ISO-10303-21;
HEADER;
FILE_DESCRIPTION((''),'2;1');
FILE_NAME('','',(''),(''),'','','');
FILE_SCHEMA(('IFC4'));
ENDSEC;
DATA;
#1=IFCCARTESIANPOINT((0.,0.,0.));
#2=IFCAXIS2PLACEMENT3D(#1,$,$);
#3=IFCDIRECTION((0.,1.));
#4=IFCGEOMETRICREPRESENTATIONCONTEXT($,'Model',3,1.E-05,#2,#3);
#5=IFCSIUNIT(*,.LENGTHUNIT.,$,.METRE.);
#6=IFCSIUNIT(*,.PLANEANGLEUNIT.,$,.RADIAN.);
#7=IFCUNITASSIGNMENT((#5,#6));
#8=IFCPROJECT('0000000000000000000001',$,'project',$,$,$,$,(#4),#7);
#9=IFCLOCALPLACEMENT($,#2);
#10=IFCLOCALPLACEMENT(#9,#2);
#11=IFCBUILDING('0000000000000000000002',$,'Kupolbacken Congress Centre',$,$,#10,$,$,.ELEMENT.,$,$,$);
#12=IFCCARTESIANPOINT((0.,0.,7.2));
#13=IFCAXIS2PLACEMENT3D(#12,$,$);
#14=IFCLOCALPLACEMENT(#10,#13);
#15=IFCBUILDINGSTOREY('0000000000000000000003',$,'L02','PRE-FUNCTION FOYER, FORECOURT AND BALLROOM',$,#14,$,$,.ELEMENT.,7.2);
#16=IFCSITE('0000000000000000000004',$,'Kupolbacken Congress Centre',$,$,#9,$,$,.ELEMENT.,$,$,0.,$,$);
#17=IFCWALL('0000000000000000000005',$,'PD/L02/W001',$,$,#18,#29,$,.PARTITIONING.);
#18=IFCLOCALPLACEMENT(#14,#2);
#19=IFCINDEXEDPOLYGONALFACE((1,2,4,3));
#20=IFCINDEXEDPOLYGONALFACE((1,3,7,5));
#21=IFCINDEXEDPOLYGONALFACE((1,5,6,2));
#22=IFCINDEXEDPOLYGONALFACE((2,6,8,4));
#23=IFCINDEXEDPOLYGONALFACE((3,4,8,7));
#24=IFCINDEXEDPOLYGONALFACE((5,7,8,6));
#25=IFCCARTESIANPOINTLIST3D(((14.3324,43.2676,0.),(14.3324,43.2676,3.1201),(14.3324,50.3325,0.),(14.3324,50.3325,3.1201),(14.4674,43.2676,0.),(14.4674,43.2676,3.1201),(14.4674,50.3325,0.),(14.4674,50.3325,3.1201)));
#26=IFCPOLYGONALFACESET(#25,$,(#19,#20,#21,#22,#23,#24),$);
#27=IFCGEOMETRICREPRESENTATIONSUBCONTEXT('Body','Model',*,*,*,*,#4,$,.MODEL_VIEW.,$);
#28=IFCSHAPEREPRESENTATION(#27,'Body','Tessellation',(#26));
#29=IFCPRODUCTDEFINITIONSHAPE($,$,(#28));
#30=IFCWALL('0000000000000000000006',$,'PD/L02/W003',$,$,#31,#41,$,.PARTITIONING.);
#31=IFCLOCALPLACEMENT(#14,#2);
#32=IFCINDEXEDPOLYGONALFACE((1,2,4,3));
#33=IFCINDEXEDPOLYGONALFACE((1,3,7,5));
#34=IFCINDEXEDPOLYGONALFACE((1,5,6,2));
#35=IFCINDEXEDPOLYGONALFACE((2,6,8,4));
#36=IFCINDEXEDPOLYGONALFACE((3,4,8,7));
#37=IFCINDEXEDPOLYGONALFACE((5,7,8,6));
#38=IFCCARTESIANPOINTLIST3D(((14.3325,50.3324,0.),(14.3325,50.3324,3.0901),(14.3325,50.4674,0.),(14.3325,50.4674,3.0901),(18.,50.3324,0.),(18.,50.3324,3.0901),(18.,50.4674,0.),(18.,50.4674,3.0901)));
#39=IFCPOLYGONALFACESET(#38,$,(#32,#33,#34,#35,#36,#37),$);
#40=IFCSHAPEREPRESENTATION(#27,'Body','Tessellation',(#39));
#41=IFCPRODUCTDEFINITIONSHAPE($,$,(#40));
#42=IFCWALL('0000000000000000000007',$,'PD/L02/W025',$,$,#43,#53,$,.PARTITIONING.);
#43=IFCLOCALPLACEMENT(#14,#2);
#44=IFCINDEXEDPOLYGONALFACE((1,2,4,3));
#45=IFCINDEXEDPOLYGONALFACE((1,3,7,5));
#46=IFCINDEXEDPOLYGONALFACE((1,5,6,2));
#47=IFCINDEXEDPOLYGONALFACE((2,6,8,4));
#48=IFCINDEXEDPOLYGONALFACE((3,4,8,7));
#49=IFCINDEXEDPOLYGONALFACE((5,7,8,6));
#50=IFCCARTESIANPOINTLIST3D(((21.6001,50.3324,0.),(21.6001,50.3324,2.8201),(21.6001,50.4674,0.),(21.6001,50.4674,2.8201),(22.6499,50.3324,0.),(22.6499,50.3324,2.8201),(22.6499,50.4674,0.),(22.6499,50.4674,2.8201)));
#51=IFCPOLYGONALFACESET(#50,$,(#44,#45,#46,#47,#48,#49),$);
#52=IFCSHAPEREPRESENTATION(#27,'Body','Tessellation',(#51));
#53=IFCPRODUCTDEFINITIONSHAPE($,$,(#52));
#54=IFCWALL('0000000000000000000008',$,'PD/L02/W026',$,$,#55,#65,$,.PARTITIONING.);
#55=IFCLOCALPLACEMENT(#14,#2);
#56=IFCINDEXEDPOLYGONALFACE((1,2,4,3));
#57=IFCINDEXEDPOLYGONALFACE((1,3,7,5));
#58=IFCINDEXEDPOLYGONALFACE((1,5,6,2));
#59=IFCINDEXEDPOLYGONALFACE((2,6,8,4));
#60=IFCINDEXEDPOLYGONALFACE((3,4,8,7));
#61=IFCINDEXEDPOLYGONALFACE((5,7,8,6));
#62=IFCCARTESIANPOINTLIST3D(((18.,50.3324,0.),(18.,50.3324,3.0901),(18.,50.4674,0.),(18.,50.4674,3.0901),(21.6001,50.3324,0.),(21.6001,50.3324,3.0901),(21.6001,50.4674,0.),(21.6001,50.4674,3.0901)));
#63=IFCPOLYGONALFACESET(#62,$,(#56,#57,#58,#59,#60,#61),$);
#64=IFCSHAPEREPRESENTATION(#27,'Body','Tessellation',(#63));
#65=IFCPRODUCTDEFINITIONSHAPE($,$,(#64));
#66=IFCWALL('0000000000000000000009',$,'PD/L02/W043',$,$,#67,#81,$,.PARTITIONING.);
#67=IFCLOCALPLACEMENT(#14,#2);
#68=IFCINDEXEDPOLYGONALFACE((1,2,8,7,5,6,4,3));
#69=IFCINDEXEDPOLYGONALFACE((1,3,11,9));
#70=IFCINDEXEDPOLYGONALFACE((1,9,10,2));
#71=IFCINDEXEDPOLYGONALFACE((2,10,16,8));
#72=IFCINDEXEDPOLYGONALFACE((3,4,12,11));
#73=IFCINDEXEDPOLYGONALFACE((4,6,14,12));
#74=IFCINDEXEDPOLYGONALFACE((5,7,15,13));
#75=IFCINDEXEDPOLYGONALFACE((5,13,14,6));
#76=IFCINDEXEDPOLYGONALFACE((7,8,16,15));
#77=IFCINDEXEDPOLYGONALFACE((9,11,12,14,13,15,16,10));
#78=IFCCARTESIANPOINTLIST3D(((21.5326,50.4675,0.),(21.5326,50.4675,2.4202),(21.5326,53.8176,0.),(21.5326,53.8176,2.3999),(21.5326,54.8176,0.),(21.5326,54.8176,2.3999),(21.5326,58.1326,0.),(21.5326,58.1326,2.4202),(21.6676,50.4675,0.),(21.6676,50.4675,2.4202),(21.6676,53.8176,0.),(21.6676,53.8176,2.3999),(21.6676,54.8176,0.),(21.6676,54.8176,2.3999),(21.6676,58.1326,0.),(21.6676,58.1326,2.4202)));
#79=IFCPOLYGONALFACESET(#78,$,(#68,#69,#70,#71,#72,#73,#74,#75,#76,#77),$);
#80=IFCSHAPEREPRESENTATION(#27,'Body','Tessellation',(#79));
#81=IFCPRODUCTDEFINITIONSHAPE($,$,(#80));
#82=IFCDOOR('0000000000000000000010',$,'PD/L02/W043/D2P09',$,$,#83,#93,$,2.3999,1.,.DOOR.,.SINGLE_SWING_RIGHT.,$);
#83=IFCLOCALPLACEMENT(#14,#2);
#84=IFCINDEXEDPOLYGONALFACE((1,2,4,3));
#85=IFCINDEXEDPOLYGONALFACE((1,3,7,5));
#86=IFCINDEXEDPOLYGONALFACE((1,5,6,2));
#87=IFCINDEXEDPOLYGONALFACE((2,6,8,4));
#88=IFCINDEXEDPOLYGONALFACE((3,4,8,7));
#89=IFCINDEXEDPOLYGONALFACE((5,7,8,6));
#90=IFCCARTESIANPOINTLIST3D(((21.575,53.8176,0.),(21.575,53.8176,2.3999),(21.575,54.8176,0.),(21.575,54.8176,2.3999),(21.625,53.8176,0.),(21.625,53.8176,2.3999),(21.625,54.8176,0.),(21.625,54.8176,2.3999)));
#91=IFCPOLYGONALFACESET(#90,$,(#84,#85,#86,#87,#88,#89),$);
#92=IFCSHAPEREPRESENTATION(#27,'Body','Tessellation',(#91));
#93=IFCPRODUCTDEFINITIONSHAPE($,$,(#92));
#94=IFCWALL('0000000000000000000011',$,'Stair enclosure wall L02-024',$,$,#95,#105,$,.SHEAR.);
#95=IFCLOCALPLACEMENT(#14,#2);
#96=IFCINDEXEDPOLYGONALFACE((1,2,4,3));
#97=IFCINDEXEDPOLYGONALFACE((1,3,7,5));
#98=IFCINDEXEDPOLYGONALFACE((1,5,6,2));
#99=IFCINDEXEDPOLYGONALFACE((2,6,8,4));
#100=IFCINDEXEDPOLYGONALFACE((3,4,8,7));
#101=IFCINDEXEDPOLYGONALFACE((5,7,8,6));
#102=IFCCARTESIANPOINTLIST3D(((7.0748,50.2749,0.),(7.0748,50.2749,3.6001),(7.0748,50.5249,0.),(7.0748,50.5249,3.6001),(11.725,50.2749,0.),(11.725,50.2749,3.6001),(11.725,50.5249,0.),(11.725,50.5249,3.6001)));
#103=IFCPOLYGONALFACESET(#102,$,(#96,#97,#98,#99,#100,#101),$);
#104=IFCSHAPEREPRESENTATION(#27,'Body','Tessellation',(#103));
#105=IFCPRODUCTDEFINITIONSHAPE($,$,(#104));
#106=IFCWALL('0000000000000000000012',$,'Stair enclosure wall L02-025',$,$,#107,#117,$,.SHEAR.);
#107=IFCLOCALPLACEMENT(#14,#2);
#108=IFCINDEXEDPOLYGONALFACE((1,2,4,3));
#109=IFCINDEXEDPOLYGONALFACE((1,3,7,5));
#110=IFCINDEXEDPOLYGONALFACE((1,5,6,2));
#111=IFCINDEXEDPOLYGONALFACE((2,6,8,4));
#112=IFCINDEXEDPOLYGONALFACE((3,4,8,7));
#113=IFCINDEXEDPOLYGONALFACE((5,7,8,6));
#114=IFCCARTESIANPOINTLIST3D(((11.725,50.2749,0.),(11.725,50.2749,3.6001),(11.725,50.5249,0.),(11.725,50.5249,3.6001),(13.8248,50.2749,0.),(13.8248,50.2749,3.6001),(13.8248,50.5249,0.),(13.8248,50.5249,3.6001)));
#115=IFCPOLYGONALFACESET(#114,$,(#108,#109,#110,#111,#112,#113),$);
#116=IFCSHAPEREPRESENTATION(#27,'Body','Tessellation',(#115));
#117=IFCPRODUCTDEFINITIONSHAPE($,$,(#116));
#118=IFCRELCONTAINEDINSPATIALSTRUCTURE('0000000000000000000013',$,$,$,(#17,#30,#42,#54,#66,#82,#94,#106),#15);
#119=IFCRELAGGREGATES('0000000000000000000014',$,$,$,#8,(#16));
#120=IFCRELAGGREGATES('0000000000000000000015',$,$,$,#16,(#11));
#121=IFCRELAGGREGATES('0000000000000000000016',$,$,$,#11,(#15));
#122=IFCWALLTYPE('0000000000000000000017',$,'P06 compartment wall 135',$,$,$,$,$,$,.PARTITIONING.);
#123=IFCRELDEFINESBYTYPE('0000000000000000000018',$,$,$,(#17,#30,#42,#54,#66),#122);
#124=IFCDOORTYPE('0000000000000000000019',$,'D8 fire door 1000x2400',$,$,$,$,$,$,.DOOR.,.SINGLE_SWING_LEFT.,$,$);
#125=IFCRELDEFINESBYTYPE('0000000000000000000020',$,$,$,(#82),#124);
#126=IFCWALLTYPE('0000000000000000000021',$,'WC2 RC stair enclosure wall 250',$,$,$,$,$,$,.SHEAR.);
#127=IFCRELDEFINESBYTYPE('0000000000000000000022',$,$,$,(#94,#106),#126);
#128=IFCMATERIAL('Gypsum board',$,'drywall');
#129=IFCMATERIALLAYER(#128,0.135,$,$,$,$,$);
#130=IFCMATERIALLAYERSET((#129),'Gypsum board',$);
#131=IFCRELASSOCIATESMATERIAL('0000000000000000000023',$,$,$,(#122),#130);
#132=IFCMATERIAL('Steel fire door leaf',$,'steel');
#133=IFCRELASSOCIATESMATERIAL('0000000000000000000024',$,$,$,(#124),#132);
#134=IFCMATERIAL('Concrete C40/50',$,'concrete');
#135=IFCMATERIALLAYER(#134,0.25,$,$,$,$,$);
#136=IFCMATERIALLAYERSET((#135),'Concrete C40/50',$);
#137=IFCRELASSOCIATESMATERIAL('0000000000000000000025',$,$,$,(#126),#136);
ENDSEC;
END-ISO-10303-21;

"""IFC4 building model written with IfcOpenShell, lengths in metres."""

from ifc_helpers import new_model, si_unit, direction, frame, frame_2d, origin, place, context, subcontext, project, spatial, rectangle, extrude, material, layer, layer_set, type_object, element, fill, save


model = new_model("IFC4")

# Units and contexts
model_context = context("Model", 3, precision=1e-05, world=origin(), true_north=direction((0.0, 1.0)))
body_context = subcontext(model_context, "Body", "Model", "MODEL_VIEW")
ifc_project = project(units=[si_unit("LENGTHUNIT", "METRE"), si_unit("PLANEANGLEUNIT", "RADIAN")], contexts=[model_context])

# Site, building, storey
site_placement = place(None, origin())
site = spatial("IfcSite", under=ifc_project, at=site_placement, Name="Kupolbacken Congress Centre", CompositionType="ELEMENT", RefElevation=0.0)
building_placement = place(site_placement, origin())
building = spatial("IfcBuilding", under=site, at=building_placement, Name="Kupolbacken Congress Centre", CompositionType="ELEMENT")
storey_placement = place(building_placement, frame((0.0, 0.0, 7.2)))
storey = spatial("IfcBuildingStorey", under=building, at=storey_placement, Name="L02", Description="PRE-FUNCTION FOYER, FORECOURT AND BALLROOM", CompositionType="ELEMENT", Elevation=7.2)

# Walls
ifc_material_1 = material(Name="Gypsum board", Category="drywall")
ifc_layer_1 = layer(ifc_material_1, 0.135)
ifc_layer_set_1 = layer_set([ifc_layer_1], Name="Gypsum board")
wall_type_1 = type_object("IfcWallType", Name="P06 compartment wall 135", PredefinedType="PARTITIONING", material=ifc_layer_set_1)
wall_1_placement = place(storey_placement, frame((14.3999, 50.3325, 0.0), z_axis=(0.0, 0.0, 1.0), x_axis=(0.0, -1.0, 0.0)))
element("IfcWall", 1, at=wall_1_placement, inside=storey, type_object=wall_type_1, Name="PD/L02/W001", PredefinedType="PARTITIONING", context=body_context, shape_type="SweptSolid", body=[
    extrude(rectangle(XDim=7.0649, YDim=0.135, at=frame_2d((3.5325, 0.0))), origin(), (0.0, 0.0, 1.0), 3.1201),
])
wall_2_placement = place(storey_placement, frame((18.0, 50.3999, 0.0), z_axis=(0.0, 0.0, 1.0), x_axis=(-1.0, 0.0, 0.0)))
element("IfcWall", 2, at=wall_2_placement, inside=storey, type_object=wall_type_1, Name="PD/L02/W003", PredefinedType="PARTITIONING", context=body_context, shape_type="SweptSolid", body=[
    extrude(rectangle(XDim=3.6675, YDim=0.135, at=frame_2d((1.8337, 0.0))), origin(), (0.0, 0.0, 1.0), 3.0901),
])
wall_3_placement = place(storey_placement, frame((21.6001, 50.3999, 0.0), z_axis=(0.0, 0.0, 1.0), x_axis=(1.0, 0.0, 0.0)))
element("IfcWall", 3, at=wall_3_placement, inside=storey, type_object=wall_type_1, Name="PD/L02/W025", PredefinedType="PARTITIONING", context=body_context, shape_type="SweptSolid", body=[
    extrude(rectangle(XDim=1.0498, YDim=0.135, at=frame_2d((0.5249, 0.0))), origin(), (0.0, 0.0, 1.0), 2.8201),
])
wall_4_placement = place(storey_placement, frame((18.0, 50.3999, 0.0), z_axis=(0.0, 0.0, 1.0), x_axis=(1.0, 0.0, 0.0)))
element("IfcWall", 4, at=wall_4_placement, inside=storey, type_object=wall_type_1, Name="PD/L02/W026", PredefinedType="PARTITIONING", context=body_context, shape_type="SweptSolid", body=[
    extrude(rectangle(XDim=3.6001, YDim=0.135, at=frame_2d((1.8, 0.0))), origin(), (0.0, 0.0, 1.0), 3.0901),
])

# Wall, opening, door
wall_5_placement = place(storey_placement, frame((21.6001, 50.4675, 0.0), z_axis=(0.0, 0.0, 1.0), x_axis=(0.0, 1.0, 0.0)))
wall_5 = element("IfcWall", 5, at=wall_5_placement, inside=storey, type_object=wall_type_1, Name="PD/L02/W043", PredefinedType="PARTITIONING", context=body_context, shape_type="SweptSolid", body=[
    extrude(rectangle(XDim=7.665, YDim=0.135, at=frame_2d((3.8325, 0.0))), origin(), (0.0, 0.0, 1.0), 2.4202),
])
opening_1_placement = place(wall_5_placement, frame((3.3501, 0.0, 0.0)))
opening_1 = element("IfcOpeningElement", 6, at=opening_1_placement, cuts=wall_5, PredefinedType="OPENING", context=body_context, shape_type="SweptSolid", body=[
    extrude(rectangle(XDim=1.0, YDim=2.3999, at=frame_2d((0.5, 1.2))), frame((0.0, 0.0774, 0.0), z_axis=(0.0, -1.0, 0.0), x_axis=(1.0, 0.0, 0.0)), (0.0, 0.0, 1.0), 0.155),
])
ifc_material_2 = material(Name="Steel fire door leaf", Category="steel")
door_type_1 = type_object("IfcDoorType", Name="D8 fire door 1000x2400", OperationType="SINGLE_SWING_LEFT", PredefinedType="DOOR", material=ifc_material_2)
door_1_placement = place(opening_1_placement, frame((1.0, 0.0, 0.0), z_axis=(0.0, 0.0, 1.0), x_axis=(-1.0, 0.0, 0.0)))
door_1 = element("IfcDoor", 7, at=door_1_placement, inside=storey, type_object=door_type_1, Name="PD/L02/W043/D2P09", OperationType="SINGLE_SWING_RIGHT", OverallHeight=2.3999, OverallWidth=1.0, PredefinedType="DOOR", context=body_context, shape_type="SweptSolid", body=[
    extrude(rectangle(XDim=1.0, YDim=2.3999, at=frame_2d((0.5, 1.2))), frame((0.0, 0.0249, 0.0), z_axis=(0.0, -1.0, 0.0), x_axis=(1.0, 0.0, 0.0)), (0.0, 0.0, 1.0), 0.05),
])
fill(opening_1, door_1)
ifc_material_3 = material(Name="Concrete C40/50", Category="concrete")
ifc_layer_2 = layer(ifc_material_3, 0.25)
ifc_layer_set_2 = layer_set([ifc_layer_2], Name="Concrete C40/50")
wall_type_2 = type_object("IfcWallType", Name="WC2 RC stair enclosure wall 250", PredefinedType="SHEAR", material=ifc_layer_set_2)

# Walls
wall_6_placement = place(storey_placement, frame((11.7251, 50.3999, 0.0), z_axis=(0.0, 0.0, 1.0), x_axis=(-1.0, 0.0, 0.0)))
element("IfcWall", 8, at=wall_6_placement, inside=storey, type_object=wall_type_2, Name="Stair enclosure wall L02-024", PredefinedType="SHEAR", context=body_context, shape_type="SweptSolid", body=[
    extrude(rectangle(XDim=4.6501, YDim=0.25, at=frame_2d((2.3252, 0.0))), origin(), (0.0, 0.0, 1.0), 3.6001),
])
wall_7_placement = place(storey_placement, frame((11.7251, 50.3999, 0.0), z_axis=(0.0, 0.0, 1.0), x_axis=(1.0, 0.0, 0.0)))
element("IfcWall", 9, at=wall_7_placement, inside=storey, type_object=wall_type_2, Name="Stair enclosure wall L02-025", PredefinedType="SHEAR", context=body_context, shape_type="SweptSolid", body=[
    extrude(rectangle(XDim=2.0999, YDim=0.25, at=frame_2d((1.0498, 0.0))), origin(), (0.0, 0.0, 1.0), 3.6001),
])

save(model, "model.ifc")
